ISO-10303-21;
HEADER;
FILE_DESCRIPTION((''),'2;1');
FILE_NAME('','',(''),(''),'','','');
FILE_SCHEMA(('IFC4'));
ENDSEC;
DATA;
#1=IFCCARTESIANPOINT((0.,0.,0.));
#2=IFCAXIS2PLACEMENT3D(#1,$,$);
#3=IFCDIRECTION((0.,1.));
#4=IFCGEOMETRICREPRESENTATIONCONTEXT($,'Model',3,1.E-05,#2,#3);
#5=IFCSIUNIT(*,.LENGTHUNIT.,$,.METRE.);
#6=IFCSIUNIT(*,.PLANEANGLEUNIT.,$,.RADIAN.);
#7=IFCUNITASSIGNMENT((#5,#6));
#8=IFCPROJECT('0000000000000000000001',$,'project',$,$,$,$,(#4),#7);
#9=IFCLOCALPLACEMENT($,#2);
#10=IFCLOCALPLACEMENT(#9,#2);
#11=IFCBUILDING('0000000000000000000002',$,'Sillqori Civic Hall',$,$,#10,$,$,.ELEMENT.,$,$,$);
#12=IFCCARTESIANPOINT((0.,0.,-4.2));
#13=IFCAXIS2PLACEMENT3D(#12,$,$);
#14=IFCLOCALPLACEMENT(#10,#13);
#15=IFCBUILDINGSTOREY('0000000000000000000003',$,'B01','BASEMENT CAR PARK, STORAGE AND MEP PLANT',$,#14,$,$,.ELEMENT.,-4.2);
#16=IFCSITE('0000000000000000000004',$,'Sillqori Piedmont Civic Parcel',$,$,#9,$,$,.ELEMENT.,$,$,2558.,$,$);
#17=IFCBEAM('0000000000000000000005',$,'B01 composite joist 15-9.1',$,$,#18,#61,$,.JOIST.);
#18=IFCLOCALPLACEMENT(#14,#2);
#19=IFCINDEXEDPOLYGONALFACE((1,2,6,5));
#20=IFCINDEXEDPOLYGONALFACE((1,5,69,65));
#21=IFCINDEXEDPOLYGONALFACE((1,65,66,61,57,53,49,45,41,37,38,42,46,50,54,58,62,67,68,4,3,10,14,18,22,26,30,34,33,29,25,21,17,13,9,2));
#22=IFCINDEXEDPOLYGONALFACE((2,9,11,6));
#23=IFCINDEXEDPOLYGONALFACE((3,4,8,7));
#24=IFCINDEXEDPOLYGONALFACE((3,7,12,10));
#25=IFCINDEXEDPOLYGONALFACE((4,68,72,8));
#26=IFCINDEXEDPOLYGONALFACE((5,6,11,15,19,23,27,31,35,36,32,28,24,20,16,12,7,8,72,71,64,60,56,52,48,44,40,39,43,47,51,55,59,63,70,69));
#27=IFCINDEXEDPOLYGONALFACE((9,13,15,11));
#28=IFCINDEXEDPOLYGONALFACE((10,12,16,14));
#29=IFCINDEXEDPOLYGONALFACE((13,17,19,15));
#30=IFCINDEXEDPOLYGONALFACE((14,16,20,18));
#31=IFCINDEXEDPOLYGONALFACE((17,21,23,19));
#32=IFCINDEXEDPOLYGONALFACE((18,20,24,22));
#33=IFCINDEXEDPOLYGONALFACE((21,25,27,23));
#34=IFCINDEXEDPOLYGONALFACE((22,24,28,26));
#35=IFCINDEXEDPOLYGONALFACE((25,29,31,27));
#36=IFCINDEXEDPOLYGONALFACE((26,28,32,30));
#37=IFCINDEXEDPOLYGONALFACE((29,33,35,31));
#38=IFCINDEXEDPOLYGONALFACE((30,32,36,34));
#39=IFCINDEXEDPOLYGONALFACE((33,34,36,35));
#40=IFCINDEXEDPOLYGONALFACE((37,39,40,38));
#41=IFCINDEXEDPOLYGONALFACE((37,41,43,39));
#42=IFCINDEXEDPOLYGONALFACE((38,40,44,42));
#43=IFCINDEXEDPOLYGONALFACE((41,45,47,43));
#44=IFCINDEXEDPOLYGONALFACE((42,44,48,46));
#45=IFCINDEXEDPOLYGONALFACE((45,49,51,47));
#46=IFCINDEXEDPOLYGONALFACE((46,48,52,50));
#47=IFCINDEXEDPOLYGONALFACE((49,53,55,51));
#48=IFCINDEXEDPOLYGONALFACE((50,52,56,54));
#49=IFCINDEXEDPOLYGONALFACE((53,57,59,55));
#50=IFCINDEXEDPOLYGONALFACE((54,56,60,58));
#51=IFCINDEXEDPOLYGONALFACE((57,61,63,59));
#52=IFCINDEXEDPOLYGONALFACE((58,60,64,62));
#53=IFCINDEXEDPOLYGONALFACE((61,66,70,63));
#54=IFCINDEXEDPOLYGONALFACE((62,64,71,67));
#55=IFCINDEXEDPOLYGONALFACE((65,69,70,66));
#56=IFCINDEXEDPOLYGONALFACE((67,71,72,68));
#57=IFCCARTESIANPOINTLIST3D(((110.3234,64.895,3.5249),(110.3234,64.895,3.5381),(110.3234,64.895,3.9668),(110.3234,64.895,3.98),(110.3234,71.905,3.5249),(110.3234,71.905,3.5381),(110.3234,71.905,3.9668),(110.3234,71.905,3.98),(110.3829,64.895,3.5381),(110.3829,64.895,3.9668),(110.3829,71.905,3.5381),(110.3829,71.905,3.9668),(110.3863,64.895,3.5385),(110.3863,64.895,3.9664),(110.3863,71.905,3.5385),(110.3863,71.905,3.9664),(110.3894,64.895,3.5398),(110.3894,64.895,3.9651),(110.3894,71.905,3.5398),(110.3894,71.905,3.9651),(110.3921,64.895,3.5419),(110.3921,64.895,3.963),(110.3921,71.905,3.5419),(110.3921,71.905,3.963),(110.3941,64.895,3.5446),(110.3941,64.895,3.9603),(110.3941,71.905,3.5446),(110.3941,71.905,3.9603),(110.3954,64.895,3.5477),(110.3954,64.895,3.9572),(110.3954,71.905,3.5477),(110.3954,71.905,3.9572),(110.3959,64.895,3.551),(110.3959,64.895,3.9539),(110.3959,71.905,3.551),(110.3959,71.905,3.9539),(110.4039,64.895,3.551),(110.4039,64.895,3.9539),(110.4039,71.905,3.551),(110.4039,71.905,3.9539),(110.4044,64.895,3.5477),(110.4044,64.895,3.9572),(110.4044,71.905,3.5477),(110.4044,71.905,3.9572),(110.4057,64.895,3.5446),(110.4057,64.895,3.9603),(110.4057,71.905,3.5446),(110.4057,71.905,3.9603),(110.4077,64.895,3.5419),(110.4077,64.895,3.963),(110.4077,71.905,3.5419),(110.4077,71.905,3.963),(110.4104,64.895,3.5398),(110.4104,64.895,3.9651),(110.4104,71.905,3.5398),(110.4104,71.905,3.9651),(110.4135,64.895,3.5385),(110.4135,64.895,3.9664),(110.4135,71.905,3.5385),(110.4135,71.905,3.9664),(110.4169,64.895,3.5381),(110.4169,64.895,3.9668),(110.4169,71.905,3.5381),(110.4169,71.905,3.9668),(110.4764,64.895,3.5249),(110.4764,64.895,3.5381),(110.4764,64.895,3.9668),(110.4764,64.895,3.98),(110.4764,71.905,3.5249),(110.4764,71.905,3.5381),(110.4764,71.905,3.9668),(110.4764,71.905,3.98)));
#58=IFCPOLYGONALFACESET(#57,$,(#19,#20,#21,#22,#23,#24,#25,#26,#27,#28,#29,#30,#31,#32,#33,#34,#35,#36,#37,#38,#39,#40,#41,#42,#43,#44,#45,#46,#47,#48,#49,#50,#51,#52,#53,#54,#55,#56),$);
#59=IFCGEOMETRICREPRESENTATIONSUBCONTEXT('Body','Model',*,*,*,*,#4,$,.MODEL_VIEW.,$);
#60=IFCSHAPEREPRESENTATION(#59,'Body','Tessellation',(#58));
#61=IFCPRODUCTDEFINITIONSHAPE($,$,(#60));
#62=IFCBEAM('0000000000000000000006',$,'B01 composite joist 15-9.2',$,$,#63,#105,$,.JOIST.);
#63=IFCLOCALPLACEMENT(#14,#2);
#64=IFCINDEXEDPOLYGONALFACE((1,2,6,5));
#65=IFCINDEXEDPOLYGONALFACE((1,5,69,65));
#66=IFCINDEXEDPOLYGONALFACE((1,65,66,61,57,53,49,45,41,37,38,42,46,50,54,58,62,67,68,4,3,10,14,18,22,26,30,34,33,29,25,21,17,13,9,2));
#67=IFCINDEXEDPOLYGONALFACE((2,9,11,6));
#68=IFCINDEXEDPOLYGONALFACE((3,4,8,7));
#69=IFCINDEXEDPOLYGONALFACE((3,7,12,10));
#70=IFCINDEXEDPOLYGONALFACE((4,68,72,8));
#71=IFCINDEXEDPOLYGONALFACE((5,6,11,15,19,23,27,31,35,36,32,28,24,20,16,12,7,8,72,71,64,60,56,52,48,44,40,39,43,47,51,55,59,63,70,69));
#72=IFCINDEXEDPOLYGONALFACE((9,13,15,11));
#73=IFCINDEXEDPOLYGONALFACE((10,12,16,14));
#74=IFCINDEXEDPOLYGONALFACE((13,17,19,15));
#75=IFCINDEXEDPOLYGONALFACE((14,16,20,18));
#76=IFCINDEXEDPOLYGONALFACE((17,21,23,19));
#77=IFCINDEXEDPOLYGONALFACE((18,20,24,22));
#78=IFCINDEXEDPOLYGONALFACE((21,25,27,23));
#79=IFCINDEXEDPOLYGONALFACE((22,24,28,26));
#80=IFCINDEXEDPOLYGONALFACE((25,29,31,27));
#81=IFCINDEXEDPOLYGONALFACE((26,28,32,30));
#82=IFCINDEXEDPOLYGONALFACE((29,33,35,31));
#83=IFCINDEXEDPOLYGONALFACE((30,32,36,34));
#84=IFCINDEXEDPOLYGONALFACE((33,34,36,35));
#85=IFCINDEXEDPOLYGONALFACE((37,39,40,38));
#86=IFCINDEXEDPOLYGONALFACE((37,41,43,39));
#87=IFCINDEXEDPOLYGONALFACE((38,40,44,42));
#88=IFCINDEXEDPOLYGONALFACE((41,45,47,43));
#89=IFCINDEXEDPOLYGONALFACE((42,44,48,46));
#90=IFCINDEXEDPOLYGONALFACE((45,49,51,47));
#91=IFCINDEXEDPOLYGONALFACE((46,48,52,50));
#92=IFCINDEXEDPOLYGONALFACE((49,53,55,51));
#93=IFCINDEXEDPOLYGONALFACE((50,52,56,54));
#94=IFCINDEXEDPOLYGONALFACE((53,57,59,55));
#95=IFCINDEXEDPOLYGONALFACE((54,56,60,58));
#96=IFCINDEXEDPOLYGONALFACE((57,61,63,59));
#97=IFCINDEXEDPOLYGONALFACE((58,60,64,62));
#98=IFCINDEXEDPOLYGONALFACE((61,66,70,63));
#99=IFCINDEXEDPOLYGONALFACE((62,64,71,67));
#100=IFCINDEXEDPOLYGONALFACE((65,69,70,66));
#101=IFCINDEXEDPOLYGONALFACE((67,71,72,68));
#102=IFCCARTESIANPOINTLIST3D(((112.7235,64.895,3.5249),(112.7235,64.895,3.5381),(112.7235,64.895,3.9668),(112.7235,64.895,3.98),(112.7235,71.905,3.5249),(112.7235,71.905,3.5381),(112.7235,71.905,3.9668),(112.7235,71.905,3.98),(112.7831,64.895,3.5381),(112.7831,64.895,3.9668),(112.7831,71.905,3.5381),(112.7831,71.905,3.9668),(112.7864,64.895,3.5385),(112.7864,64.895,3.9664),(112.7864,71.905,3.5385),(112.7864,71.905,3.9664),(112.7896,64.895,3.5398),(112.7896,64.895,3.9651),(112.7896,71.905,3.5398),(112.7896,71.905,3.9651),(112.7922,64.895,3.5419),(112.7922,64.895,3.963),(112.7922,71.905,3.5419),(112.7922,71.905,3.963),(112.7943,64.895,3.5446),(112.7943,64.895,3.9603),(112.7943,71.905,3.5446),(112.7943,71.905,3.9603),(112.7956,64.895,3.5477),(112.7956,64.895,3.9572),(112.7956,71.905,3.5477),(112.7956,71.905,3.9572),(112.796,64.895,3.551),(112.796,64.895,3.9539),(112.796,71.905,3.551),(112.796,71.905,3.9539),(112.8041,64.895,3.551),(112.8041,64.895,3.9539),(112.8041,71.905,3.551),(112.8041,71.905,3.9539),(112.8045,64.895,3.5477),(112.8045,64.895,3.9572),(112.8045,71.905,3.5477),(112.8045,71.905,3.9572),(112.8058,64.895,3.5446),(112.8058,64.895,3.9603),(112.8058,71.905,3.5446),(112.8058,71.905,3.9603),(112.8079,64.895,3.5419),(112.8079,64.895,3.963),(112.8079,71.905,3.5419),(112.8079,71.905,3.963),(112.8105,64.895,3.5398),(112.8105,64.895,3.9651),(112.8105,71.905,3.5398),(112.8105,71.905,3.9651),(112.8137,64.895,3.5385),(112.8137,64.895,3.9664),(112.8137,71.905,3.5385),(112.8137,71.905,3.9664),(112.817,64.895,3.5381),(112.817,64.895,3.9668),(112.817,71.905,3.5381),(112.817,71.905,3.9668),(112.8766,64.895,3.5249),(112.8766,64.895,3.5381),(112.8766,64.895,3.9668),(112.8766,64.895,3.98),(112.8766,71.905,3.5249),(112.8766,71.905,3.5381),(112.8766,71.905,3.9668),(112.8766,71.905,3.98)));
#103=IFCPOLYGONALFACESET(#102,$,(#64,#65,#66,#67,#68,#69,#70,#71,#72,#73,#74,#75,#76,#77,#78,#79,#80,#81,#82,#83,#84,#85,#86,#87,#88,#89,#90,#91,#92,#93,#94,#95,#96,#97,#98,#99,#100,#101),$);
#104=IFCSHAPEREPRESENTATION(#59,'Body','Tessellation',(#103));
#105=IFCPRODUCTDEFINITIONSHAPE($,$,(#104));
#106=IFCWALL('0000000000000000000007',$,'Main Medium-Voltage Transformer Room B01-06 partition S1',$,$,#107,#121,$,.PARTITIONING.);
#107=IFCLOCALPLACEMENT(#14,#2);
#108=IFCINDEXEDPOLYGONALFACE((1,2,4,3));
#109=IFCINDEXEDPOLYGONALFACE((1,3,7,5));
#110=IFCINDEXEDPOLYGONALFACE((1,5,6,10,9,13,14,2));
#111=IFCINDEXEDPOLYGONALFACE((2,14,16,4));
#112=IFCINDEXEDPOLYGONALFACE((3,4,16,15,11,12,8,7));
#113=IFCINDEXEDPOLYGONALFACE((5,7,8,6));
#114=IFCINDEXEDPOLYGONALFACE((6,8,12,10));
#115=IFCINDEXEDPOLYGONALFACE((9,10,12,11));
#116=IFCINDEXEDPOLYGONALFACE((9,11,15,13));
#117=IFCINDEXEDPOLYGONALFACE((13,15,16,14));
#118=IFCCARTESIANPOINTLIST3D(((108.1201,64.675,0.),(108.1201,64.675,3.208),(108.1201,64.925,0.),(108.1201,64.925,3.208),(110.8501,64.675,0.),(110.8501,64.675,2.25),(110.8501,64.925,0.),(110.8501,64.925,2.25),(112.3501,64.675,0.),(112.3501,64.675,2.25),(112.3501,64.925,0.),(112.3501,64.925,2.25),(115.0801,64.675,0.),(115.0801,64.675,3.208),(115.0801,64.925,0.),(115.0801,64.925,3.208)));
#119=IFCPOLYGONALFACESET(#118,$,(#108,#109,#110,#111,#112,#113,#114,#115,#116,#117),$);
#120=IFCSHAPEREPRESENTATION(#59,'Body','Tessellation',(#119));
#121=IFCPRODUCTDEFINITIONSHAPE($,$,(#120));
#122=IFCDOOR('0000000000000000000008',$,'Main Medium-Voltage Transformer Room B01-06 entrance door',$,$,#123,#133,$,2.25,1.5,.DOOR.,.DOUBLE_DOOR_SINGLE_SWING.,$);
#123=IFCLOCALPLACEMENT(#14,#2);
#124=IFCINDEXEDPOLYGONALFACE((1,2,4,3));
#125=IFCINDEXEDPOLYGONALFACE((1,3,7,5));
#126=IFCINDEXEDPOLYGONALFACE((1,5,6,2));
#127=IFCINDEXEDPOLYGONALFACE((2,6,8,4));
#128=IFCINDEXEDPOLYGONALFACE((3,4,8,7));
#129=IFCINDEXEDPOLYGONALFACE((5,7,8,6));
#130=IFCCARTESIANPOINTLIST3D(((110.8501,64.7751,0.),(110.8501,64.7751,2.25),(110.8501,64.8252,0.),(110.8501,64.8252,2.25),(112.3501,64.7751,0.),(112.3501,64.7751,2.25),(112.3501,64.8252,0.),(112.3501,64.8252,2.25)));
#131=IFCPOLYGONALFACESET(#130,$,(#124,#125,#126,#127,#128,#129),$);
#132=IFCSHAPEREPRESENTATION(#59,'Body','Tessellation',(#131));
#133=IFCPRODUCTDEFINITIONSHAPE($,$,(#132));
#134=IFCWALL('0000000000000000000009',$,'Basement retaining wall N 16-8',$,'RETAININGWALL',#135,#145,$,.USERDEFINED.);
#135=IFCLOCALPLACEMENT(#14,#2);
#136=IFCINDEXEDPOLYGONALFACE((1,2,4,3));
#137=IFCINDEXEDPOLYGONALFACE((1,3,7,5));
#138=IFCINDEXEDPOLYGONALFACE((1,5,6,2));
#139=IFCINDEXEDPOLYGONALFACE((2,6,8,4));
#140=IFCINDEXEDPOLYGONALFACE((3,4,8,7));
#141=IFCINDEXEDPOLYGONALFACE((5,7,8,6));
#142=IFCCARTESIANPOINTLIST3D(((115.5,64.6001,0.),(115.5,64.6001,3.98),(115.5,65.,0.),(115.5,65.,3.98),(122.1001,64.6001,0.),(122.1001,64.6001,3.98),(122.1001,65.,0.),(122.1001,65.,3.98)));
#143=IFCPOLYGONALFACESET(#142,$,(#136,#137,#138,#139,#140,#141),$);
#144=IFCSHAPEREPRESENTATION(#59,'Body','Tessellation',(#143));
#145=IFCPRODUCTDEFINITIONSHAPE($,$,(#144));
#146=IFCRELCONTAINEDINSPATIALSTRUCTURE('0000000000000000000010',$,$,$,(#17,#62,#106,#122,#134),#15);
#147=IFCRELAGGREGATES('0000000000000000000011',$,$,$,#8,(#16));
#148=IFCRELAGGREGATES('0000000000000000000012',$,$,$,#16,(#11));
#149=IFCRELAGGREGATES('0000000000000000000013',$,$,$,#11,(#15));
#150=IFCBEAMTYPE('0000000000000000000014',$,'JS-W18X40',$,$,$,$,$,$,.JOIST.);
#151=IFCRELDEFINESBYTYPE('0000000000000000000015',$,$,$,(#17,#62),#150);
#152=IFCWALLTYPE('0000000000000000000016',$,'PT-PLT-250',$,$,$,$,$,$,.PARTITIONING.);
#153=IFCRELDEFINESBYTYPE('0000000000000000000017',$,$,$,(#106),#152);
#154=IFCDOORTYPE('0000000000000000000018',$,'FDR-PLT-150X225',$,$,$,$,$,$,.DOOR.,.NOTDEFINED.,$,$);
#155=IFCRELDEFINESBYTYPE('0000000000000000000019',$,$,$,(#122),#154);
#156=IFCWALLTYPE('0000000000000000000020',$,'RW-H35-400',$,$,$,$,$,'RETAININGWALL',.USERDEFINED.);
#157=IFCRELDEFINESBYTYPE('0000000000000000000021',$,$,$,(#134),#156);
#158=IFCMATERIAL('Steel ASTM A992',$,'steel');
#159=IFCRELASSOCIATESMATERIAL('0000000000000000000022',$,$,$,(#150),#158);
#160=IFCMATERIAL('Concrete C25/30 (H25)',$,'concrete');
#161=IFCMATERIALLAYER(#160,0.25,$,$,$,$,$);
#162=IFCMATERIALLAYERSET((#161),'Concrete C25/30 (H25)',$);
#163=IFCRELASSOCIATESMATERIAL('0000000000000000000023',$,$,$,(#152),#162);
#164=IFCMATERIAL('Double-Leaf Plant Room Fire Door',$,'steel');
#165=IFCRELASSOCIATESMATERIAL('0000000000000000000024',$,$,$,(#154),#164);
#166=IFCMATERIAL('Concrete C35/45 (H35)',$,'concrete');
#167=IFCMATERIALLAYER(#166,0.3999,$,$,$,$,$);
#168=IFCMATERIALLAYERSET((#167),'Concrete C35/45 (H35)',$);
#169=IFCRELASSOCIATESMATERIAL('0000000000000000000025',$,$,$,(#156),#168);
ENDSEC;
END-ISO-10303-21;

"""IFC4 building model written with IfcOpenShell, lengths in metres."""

from ifc_helpers import new_model, si_unit, direction, frame, frame_2d, origin, origin_2d, place, context, subcontext, project, spatial, rectangle, i_section, extrude, material, layer, layer_set, material_profile, profile_set, type_object, element, fill, save


model = new_model("IFC4")

# Units and contexts
model_context = context("Model", 3, precision=1e-05, world=origin(), true_north=direction((0.0, 1.0)))
body_context = subcontext(model_context, "Body", "Model", "MODEL_VIEW")
ifc_project = project(units=[si_unit("LENGTHUNIT", "METRE"), si_unit("PLANEANGLEUNIT", "RADIAN")], contexts=[model_context])

# Site, building, storey
site_placement = place(None, origin())
site = spatial("IfcSite", under=ifc_project, at=site_placement, Name="Sillqori Piedmont Civic Parcel", CompositionType="ELEMENT", RefElevation=2558.0)
building_placement = place(site_placement, origin())
building = spatial("IfcBuilding", under=site, at=building_placement, Name="Sillqori Civic Hall", CompositionType="ELEMENT")
storey_placement = place(building_placement, frame((0.0, 0.0, -4.2)))
storey = spatial("IfcBuildingStorey", under=building, at=storey_placement, Name="B01", Description="BASEMENT CAR PARK, STORAGE AND MEP PLANT", CompositionType="ELEMENT", Elevation=-4.2)

# Shared definitions
ifc_material_1 = material(Name="Concrete C35/45 (H35)", Category="concrete")

# Beams
ifc_material_2 = material(Name="Steel ASTM A992", Category="steel")
ifc_material_profile_1 = material_profile(ifc_material_2, i_section(OverallWidth=0.1531, OverallDepth=0.4551, WebThickness=0.0081, FlangeThickness=0.0132, FilletRadius=0.0129, at=origin_2d()), Name="W18X40")
ifc_profile_set_1 = profile_set([ifc_material_profile_1], Name="Steel ASTM A992")
beam_type_1 = type_object("IfcBeamType", Name="JS-W18X40", PredefinedType="JOIST", material=ifc_profile_set_1)
for number, where, z_axis, x_axis, name in (
    (1, (110.3999, 64.895, 3.7524), (0.0, 1.0, 0.0), (-1.0, 0.0, 0.0), "B01 composite joist 15-9.1"),
    (2, (112.8, 64.895, 3.7524), (0.0, 1.0, 0.0), (-1.0, 0.0, 0.0), "B01 composite joist 15-9.2"),
):
    element("IfcBeam", number, at=place(storey_placement, frame(where, z_axis=z_axis, x_axis=x_axis)), inside=storey, type_object=beam_type_1, Name=name, PredefinedType="JOIST", context=body_context, shape_type="SweptSolid", body=[
        extrude(i_section(OverallWidth=0.1531, OverallDepth=0.4551, WebThickness=0.0081, FlangeThickness=0.0132, FilletRadius=0.0129, at=origin_2d()), origin(), (0.0, 0.0, 1.0), 7.01),
    ])

# Wall, opening, door
ifc_material_3 = material(Name="Concrete C25/30 (H25)", Category="concrete")
ifc_layer_1 = layer(ifc_material_3, 0.25)
ifc_layer_set_1 = layer_set([ifc_layer_1], Name="Concrete C25/30 (H25)")
wall_type_1 = type_object("IfcWallType", Name="PT-PLT-250", PredefinedType="PARTITIONING", material=ifc_layer_set_1)
wall_1_placement = place(storey_placement, frame((115.0801, 64.8, 0.0), z_axis=(0.0, 0.0, 1.0), x_axis=(-1.0, 0.0, 0.0)))
wall_1 = element("IfcWall", 3, at=wall_1_placement, inside=storey, type_object=wall_type_1, Name="Main Medium-Voltage Transformer Room B01-06 partition S1", PredefinedType="PARTITIONING", context=body_context, shape_type="SweptSolid", body=[
    extrude(rectangle(XDim=6.96, YDim=0.25, at=frame_2d((3.48, 0.0))), origin(), (0.0, 0.0, 1.0), 3.208),
])
opening_placement = place(wall_1_placement, frame((2.73, 0.0, 0.0)))
opening = element("IfcOpeningElement", 4, at=opening_placement, cuts=wall_1, PredefinedType="OPENING", context=body_context, shape_type="SweptSolid", body=[
    extrude(rectangle(XDim=1.5, YDim=2.25, at=frame_2d((0.75, 1.125))), frame((0.0, 0.135, 0.0), z_axis=(0.0, -1.0, 0.0), x_axis=(1.0, 0.0, 0.0)), (0.0, 0.0, 1.0), 0.27),
])
ifc_material_4 = material(Name="Double-Leaf Plant Room Fire Door", Category="steel")
door_type = type_object("IfcDoorType", Name="FDR-PLT-150X225", OperationType="NOTDEFINED", PredefinedType="DOOR", material=ifc_material_4)
door_placement = place(opening_placement, origin())
door = element("IfcDoor", 5, at=door_placement, inside=storey, type_object=door_type, Name="Main Medium-Voltage Transformer Room B01-06 entrance door", OperationType="DOUBLE_DOOR_SINGLE_SWING", OverallHeight=2.25, OverallWidth=1.5, PredefinedType="DOOR", context=body_context, shape_type="SweptSolid", body=[
    extrude(rectangle(XDim=1.5, YDim=2.25, at=frame_2d((0.75, 1.125))), frame((0.0, 0.0249, 0.0), z_axis=(0.0, -1.0, 0.0), x_axis=(1.0, 0.0, 0.0)), (0.0, 0.0, 1.0), 0.05),
])
fill(opening, door)

# Wall
ifc_layer_2 = layer(ifc_material_1, 0.3999)
ifc_layer_set_2 = layer_set([ifc_layer_2], Name="Concrete C35/45 (H35)")
wall_type_2 = type_object("IfcWallType", Name="RW-H35-400", ElementType="RETAININGWALL", PredefinedType="USERDEFINED", material=ifc_layer_set_2)
wall_2_placement = place(storey_placement, frame((115.5, 64.8, 0.0), z_axis=(0.0, 0.0, 1.0), x_axis=(1.0, 0.0, 0.0)))
element("IfcWall", 6, at=wall_2_placement, inside=storey, type_object=wall_type_2, Name="Basement retaining wall N 16-8", ObjectType="RETAININGWALL", PredefinedType="USERDEFINED", context=body_context, shape_type="SweptSolid", body=[
    extrude(rectangle(XDim=6.6001, YDim=0.3999, at=frame_2d((3.3, 0.0))), origin(), (0.0, 0.0, 1.0), 3.98),
])

save(model, "model.ifc")
